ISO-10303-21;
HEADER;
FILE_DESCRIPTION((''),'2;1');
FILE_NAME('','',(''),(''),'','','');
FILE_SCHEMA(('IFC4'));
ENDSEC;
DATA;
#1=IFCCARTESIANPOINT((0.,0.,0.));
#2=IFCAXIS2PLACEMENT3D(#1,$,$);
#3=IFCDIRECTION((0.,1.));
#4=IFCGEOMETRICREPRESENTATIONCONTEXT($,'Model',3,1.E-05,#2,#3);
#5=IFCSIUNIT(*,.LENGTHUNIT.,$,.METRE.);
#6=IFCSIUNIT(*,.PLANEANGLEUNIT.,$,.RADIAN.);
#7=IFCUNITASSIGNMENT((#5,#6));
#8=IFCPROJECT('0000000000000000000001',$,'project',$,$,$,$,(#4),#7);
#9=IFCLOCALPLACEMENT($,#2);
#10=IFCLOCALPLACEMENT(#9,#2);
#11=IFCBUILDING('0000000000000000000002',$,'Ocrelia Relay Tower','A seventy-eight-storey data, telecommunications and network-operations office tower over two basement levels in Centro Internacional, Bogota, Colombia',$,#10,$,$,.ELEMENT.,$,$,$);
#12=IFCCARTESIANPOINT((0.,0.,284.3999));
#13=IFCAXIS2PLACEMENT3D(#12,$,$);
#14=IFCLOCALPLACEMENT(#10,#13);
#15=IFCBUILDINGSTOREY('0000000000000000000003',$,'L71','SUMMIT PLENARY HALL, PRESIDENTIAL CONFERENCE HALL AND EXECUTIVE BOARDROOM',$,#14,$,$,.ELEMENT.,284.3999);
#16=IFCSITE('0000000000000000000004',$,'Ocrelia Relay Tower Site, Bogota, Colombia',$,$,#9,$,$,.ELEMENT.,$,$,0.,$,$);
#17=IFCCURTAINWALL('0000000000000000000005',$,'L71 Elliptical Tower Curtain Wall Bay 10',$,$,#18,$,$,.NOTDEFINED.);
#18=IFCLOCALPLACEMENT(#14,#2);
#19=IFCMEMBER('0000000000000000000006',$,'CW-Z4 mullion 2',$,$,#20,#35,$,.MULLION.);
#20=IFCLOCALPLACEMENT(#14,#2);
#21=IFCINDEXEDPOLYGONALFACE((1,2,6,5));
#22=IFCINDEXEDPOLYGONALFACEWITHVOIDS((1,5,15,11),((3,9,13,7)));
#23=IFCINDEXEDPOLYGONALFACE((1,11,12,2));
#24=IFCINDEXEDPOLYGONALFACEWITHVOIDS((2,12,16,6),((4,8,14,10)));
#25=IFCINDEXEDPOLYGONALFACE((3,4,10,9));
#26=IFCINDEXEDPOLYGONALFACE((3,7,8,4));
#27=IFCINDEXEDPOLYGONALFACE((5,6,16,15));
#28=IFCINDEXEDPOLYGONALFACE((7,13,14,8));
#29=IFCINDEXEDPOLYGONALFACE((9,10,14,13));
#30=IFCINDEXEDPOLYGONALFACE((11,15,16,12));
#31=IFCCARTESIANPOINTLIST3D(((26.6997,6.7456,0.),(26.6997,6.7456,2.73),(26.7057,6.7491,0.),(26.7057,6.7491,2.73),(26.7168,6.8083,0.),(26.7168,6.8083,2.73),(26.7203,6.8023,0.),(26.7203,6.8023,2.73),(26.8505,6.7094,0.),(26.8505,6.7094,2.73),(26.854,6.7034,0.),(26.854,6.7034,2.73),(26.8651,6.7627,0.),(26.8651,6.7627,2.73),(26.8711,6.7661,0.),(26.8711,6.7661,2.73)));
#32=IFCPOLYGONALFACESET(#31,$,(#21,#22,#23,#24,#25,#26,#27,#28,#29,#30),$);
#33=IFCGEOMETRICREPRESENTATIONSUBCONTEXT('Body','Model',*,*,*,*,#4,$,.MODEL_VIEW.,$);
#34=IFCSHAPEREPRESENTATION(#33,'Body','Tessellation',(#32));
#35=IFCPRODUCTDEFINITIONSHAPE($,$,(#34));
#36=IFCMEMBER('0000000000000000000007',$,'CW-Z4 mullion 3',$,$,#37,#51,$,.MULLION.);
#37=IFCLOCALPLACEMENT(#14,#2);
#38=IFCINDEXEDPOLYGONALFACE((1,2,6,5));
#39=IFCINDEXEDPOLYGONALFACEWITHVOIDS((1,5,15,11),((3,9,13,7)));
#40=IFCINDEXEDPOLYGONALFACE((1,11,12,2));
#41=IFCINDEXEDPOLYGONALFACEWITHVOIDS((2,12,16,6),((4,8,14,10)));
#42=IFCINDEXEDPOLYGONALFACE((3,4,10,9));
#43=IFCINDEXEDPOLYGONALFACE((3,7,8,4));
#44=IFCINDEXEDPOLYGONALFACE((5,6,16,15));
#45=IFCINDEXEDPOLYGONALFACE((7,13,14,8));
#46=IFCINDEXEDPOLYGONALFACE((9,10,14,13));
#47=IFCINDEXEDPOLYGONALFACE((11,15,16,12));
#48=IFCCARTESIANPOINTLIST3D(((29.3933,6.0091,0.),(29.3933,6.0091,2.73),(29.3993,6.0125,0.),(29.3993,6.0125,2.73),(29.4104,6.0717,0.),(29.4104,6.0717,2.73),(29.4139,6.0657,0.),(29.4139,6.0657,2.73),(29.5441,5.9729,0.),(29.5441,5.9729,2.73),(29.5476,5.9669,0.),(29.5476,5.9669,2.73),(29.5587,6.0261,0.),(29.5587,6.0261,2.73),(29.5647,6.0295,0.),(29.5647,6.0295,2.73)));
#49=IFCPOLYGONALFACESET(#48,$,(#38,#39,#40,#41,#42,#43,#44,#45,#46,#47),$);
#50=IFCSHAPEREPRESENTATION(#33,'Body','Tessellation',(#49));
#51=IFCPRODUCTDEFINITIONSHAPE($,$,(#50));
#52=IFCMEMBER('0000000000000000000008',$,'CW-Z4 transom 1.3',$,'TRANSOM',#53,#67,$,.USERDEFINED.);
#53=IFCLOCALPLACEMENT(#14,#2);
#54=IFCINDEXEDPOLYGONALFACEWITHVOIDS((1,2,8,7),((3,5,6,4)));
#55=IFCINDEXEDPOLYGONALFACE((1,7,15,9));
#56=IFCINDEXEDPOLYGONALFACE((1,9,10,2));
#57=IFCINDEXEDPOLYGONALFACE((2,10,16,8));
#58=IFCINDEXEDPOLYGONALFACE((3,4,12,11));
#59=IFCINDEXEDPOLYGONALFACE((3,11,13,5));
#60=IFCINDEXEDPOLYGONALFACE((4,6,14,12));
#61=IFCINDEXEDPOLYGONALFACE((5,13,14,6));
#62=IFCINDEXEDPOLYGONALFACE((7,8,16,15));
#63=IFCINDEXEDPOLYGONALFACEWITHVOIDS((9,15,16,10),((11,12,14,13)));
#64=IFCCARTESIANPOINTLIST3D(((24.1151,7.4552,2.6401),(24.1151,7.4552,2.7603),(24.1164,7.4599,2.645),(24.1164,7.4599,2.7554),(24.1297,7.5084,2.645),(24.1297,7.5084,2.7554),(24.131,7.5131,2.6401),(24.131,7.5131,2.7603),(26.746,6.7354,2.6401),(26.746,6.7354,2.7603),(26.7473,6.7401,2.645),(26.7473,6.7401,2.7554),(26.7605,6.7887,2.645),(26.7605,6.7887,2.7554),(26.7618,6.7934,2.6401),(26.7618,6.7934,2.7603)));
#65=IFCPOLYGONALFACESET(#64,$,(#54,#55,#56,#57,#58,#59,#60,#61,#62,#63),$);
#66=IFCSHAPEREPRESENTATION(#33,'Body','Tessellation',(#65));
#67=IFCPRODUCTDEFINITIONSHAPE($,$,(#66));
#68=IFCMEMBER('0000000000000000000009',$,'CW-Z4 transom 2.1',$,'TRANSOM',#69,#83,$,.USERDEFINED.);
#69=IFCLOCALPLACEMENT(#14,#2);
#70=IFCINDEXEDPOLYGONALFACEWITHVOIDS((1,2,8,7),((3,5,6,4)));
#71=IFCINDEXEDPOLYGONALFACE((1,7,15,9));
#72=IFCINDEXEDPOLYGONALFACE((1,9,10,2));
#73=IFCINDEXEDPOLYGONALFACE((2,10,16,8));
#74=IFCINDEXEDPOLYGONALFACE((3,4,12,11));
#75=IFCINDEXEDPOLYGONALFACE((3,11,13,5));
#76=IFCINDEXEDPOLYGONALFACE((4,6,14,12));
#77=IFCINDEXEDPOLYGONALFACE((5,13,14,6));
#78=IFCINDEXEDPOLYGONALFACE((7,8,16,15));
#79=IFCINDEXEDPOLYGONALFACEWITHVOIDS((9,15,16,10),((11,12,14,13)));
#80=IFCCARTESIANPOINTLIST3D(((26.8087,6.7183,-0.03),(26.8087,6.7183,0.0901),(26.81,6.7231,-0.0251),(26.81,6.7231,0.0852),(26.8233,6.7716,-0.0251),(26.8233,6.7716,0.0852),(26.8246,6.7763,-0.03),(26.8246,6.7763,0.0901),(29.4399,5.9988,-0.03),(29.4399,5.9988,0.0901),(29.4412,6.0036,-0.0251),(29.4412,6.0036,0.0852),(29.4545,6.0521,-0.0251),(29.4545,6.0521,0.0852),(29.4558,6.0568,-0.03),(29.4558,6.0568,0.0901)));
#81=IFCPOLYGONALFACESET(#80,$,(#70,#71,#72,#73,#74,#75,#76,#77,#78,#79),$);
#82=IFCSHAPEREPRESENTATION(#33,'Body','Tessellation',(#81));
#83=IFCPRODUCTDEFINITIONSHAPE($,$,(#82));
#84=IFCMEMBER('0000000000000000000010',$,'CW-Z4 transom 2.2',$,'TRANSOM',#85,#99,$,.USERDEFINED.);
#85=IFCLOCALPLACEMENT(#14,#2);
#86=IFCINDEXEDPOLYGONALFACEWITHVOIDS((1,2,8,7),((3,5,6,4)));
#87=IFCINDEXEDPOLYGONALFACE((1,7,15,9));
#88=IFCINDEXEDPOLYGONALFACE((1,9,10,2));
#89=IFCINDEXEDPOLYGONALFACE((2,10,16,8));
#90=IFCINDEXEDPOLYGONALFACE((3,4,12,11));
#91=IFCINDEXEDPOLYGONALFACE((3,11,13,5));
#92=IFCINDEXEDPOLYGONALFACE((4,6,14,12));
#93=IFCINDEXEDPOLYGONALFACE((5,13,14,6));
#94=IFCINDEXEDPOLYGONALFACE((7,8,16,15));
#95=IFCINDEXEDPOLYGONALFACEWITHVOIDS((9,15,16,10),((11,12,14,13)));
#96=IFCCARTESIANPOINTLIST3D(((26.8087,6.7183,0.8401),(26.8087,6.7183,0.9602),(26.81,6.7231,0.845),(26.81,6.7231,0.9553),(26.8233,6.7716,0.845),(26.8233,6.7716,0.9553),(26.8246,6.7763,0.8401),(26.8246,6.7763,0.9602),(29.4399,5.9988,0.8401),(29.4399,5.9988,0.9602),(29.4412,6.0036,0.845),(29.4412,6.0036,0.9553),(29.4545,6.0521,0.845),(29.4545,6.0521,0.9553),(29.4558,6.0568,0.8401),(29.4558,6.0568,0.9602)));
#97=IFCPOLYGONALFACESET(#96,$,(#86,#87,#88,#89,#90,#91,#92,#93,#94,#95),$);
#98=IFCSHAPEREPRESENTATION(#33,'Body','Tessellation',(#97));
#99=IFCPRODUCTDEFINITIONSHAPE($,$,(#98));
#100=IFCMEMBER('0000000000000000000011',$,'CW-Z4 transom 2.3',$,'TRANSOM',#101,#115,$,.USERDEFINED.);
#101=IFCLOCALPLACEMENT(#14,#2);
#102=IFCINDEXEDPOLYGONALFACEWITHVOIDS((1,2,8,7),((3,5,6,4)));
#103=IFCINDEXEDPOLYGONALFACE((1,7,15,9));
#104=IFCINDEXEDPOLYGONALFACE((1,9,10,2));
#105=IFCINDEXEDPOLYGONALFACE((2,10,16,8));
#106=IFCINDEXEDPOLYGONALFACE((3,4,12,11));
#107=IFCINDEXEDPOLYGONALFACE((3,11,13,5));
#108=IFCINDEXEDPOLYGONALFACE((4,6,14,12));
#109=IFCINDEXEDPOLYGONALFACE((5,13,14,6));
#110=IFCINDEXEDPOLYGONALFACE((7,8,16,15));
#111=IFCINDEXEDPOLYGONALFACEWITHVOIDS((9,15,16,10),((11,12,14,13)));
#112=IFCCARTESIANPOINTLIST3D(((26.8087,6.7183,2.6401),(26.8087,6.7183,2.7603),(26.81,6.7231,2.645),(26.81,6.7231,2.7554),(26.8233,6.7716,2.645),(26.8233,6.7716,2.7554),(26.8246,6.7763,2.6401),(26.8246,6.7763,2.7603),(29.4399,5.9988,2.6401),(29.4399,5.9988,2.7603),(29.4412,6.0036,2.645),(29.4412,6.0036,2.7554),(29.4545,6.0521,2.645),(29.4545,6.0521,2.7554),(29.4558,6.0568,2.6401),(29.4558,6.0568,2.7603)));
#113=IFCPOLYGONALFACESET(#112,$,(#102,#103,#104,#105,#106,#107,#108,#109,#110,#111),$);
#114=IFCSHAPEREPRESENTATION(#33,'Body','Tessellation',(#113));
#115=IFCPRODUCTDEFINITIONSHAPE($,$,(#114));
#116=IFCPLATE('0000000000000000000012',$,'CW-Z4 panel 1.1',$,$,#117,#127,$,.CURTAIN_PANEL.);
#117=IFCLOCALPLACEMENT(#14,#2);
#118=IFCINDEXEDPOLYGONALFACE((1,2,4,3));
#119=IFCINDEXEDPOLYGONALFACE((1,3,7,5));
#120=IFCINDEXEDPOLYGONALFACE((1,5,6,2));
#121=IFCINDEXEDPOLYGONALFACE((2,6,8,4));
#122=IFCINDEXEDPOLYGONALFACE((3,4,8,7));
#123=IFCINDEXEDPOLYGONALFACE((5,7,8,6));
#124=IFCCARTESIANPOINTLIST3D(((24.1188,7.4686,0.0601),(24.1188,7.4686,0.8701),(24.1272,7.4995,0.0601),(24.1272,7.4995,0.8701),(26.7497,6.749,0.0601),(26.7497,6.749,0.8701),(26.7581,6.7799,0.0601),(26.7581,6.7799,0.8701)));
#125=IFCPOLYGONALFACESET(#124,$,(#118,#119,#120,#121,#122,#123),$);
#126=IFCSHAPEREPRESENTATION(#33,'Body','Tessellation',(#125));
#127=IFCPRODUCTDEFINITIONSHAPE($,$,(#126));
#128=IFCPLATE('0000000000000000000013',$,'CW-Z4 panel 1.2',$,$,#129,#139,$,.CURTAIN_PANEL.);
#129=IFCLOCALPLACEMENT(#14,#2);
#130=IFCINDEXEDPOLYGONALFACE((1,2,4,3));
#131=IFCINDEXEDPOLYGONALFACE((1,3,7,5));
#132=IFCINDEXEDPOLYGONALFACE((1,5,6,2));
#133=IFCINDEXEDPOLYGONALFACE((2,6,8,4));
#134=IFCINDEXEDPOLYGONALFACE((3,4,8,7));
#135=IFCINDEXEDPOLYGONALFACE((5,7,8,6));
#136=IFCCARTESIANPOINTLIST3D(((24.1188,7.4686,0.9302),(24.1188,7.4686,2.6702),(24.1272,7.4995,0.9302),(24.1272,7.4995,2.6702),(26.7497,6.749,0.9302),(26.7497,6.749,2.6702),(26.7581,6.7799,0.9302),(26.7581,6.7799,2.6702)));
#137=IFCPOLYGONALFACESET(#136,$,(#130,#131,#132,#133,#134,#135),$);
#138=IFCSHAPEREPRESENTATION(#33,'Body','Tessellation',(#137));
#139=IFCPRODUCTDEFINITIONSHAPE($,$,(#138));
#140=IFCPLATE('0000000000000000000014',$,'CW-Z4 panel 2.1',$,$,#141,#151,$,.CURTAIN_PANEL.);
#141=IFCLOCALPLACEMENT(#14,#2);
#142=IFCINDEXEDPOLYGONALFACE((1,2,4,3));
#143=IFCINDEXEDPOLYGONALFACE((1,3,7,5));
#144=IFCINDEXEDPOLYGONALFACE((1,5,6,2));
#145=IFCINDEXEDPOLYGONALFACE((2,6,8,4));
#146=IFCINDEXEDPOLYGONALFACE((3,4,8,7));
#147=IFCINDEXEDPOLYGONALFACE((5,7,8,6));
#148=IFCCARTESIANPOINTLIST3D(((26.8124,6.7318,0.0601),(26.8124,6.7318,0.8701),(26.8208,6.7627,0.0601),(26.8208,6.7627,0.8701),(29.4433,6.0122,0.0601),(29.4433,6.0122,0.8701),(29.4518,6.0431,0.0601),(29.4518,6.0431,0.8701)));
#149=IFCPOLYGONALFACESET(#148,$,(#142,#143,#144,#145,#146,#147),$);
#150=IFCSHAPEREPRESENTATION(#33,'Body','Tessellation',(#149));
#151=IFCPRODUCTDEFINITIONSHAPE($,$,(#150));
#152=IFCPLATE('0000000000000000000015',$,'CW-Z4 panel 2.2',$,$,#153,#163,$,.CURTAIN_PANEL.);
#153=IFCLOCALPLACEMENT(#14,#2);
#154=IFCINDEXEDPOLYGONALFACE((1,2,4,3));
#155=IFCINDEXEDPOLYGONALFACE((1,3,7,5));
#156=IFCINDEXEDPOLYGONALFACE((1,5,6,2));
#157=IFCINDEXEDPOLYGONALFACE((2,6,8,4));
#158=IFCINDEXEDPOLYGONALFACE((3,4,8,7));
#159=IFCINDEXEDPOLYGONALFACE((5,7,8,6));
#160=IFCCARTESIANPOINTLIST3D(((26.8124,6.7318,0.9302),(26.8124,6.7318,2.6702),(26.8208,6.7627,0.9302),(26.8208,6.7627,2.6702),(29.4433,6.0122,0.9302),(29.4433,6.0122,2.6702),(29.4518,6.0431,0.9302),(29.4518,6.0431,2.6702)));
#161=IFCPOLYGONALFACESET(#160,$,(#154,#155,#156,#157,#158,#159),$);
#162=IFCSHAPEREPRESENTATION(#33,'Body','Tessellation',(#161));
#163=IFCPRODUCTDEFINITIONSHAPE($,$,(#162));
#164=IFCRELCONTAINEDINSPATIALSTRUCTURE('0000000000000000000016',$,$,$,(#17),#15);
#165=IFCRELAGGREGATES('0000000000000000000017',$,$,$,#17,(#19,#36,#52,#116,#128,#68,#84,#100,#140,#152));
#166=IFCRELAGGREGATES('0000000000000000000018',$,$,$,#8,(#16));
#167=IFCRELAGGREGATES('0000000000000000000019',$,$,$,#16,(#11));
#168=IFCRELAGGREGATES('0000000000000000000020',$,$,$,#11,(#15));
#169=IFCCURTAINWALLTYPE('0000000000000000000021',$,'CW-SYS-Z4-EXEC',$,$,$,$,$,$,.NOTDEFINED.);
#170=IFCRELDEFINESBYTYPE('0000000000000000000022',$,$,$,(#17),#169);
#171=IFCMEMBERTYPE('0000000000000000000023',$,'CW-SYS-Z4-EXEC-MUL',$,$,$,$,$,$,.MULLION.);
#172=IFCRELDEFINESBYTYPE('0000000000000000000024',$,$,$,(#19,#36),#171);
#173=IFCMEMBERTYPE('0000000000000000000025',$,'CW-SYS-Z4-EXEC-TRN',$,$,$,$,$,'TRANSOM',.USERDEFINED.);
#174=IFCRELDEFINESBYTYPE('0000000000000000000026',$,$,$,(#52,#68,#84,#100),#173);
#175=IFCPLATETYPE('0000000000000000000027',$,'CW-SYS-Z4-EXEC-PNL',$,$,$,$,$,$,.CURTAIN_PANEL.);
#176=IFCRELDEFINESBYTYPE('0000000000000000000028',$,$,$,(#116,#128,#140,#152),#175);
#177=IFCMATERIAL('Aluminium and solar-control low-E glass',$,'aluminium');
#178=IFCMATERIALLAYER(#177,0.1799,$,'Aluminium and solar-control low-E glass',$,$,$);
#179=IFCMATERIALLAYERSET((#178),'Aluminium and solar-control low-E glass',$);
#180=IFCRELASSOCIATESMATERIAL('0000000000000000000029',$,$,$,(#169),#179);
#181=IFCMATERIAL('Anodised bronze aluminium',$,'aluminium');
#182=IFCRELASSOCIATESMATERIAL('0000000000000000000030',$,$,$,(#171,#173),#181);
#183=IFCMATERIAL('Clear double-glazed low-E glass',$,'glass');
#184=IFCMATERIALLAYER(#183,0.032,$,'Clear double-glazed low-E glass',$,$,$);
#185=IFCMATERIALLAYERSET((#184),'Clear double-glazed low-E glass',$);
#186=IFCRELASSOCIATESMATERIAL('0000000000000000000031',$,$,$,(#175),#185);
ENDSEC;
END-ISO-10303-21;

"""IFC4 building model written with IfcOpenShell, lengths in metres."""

from ifc_helpers import new_model, si_unit, direction, frame, origin, origin_2d, place, context, subcontext, project, spatial, rectangle, hollow_rectangle, extrude, material, layer, layer_set, material_profile, profile_set, type_object, element, aggregate, save


model = new_model("IFC4")

# Units and contexts
model_context = context("Model", 3, precision=1e-05, world=origin(), true_north=direction((0.0, 1.0)))
body_context = subcontext(model_context, "Body", "Model", "MODEL_VIEW")
ifc_project = project(units=[si_unit("LENGTHUNIT", "METRE"), si_unit("PLANEANGLEUNIT", "RADIAN")], contexts=[model_context])

# Site, building, storey
site_placement = place(None, origin())
site = spatial("IfcSite", under=ifc_project, at=site_placement, Name="Ocrelia Relay Tower Site, Bogota, Colombia", CompositionType="ELEMENT", RefElevation=0.0)
building_placement = place(site_placement, origin())
building = spatial("IfcBuilding", under=site, at=building_placement, Name="Ocrelia Relay Tower", Description="A seventy-eight-storey data, telecommunications and network-operations office tower over two basement levels in Centro Internacional, Bogota, Colombia", CompositionType="ELEMENT")
storey_placement = place(building_placement, frame((0.0, 0.0, 284.3999)))
storey = spatial("IfcBuildingStorey", under=building, at=storey_placement, Name="L71", Description="SUMMIT PLENARY HALL, PRESIDENTIAL CONFERENCE HALL AND EXECUTIVE BOARDROOM", CompositionType="ELEMENT", Elevation=284.3999)

# Curtain wall, members, plates
ifc_material_1 = material(Name="Aluminium and solar-control low-E glass", Category="aluminium")
ifc_layer_1 = layer(ifc_material_1, 0.1799, Name="Aluminium and solar-control low-E glass")
ifc_layer_set_1 = layer_set([ifc_layer_1], Name="Aluminium and solar-control low-E glass")
curtain_wall_type = type_object("IfcCurtainWallType", Name="CW-SYS-Z4-EXEC", PredefinedType="NOTDEFINED", material=ifc_layer_set_1)
curtain_wall_placement = place(storey_placement, origin())
curtain_wall = element("IfcCurtainWall", 1, at=curtain_wall_placement, inside=storey, type_object=curtain_wall_type, Name="L71 Elliptical Tower Curtain Wall Bay 10", PredefinedType="NOTDEFINED")
ifc_material_2 = material(Name="Anodised bronze aluminium", Category="aluminium")
ifc_material_profile_1 = material_profile(ifc_material_2, hollow_rectangle(XDim=0.0649, YDim=0.1599, WallThickness=0.0049, at=origin_2d()), Name="CW-MUL-160x65")
ifc_profile_set_1 = profile_set([ifc_material_profile_1], Name="Anodised bronze aluminium")
member_type_1 = type_object("IfcMemberType", Name="CW-SYS-Z4-EXEC-MUL", PredefinedType="MULLION", material=ifc_profile_set_1)
member_1_placement = place(storey_placement, frame((26.7854, 6.7559, 0.0), z_axis=(0.0, 0.0, 1.0), x_axis=(0.263827, 0.96457, 0.0)))
member_1 = element("IfcMember", 2, at=member_1_placement, type_object=member_type_1, Name="CW-Z4 mullion 2", PredefinedType="MULLION", context=body_context, shape_type="SweptSolid", body=[
    extrude(hollow_rectangle(XDim=0.0649, YDim=0.1599, WallThickness=0.0049, at=origin_2d()), origin(), (0.0, 0.0, 1.0), 2.73),
])
member_2_placement = place(storey_placement, frame((29.479, 6.0193, 0.0), z_axis=(0.0, 0.0, 1.0), x_axis=(0.263827, 0.96457, 0.0)))
member_2 = element("IfcMember", 3, at=member_2_placement, type_object=member_type_1, Name="CW-Z4 mullion 3", PredefinedType="MULLION", context=body_context, shape_type="SweptSolid", body=[
    extrude(hollow_rectangle(XDim=0.0649, YDim=0.1599, WallThickness=0.0049, at=origin_2d()), origin(), (0.0, 0.0, 1.0), 2.73),
])
ifc_material_profile_2 = material_profile(ifc_material_2, hollow_rectangle(XDim=0.0601, YDim=0.1201, WallThickness=0.0049, at=origin_2d()), Name="CW-TRN-120x60")
ifc_profile_set_2 = profile_set([ifc_material_profile_2], Name="Anodised bronze aluminium")
member_type_2 = type_object("IfcMemberType", Name="CW-SYS-Z4-EXEC-TRN", ElementType="TRANSOM", PredefinedType="USERDEFINED", material=ifc_profile_set_2)
member_3_placement = place(storey_placement, frame((24.123, 7.4841, 2.7002), z_axis=(0.964557, -0.263875, 0.0), x_axis=(0.263875, 0.964557, 0.0)))
member_3 = element("IfcMember", 4, at=member_3_placement, type_object=member_type_2, Name="CW-Z4 transom 1.3", ObjectType="TRANSOM", PredefinedType="USERDEFINED", context=body_context, shape_type="SweptSolid", body=[
    extrude(hollow_rectangle(XDim=0.0601, YDim=0.1201, WallThickness=0.0049, at=origin_2d()), origin(), (0.0, 0.0, 1.0), 2.7275),
])
member_4_placement = place(storey_placement, frame((26.8167, 6.7473, 0.03), z_axis=(0.964586, -0.263769, 0.0), x_axis=(0.263769, 0.964586, 0.0)))
member_4 = element("IfcMember", 5, at=member_4_placement, type_object=member_type_2, Name="CW-Z4 transom 2.1", ObjectType="TRANSOM", PredefinedType="USERDEFINED", context=body_context, shape_type="SweptSolid", body=[
    extrude(hollow_rectangle(XDim=0.0601, YDim=0.1201, WallThickness=0.0049, at=origin_2d()), origin(), (0.0, 0.0, 1.0), 2.7278),
])
member_5_placement = place(storey_placement, frame((26.8167, 6.7473, 0.9001), z_axis=(0.964586, -0.263769, 0.0), x_axis=(0.263769, 0.964586, 0.0)))
member_5 = element("IfcMember", 6, at=member_5_placement, type_object=member_type_2, Name="CW-Z4 transom 2.2", ObjectType="TRANSOM", PredefinedType="USERDEFINED", context=body_context, shape_type="SweptSolid", body=[
    extrude(hollow_rectangle(XDim=0.0601, YDim=0.1201, WallThickness=0.0049, at=origin_2d()), origin(), (0.0, 0.0, 1.0), 2.7278),
])
member_6_placement = place(storey_placement, frame((26.8167, 6.7473, 2.7002), z_axis=(0.964586, -0.263769, 0.0), x_axis=(0.263769, 0.964586, 0.0)))
member_6 = element("IfcMember", 7, at=member_6_placement, type_object=member_type_2, Name="CW-Z4 transom 2.3", ObjectType="TRANSOM", PredefinedType="USERDEFINED", context=body_context, shape_type="SweptSolid", body=[
    extrude(hollow_rectangle(XDim=0.0601, YDim=0.1201, WallThickness=0.0049, at=origin_2d()), origin(), (0.0, 0.0, 1.0), 2.7278),
])
ifc_material_3 = material(Name="Clear double-glazed low-E glass", Category="glass")
ifc_layer_2 = layer(ifc_material_3, 0.032, Name="Clear double-glazed low-E glass")
ifc_layer_set_2 = layer_set([ifc_layer_2], Name="Clear double-glazed low-E glass")
plate_type = type_object("IfcPlateType", Name="CW-SYS-Z4-EXEC-PNL", PredefinedType="CURTAIN_PANEL", material=ifc_layer_set_2)
plate_1_placement = place(storey_placement, frame((25.4385, 7.1243, 0.0601), z_axis=(0.0, 0.0, 1.0), x_axis=(0.96457, -0.263827, 0.0)))
plate_1 = element("IfcPlate", 8, at=plate_1_placement, type_object=plate_type, Name="CW-Z4 panel 1.1", PredefinedType="CURTAIN_PANEL", context=body_context, shape_type="SweptSolid", body=[
    extrude(rectangle(XDim=2.7275, YDim=0.032, at=origin_2d()), origin(), (0.0, 0.0, 1.0), 0.8101),
])
plate_2_placement = place(storey_placement, frame((25.4385, 7.1243, 0.9302), z_axis=(0.0, 0.0, 1.0), x_axis=(0.96457, -0.263827, 0.0)))
plate_2 = element("IfcPlate", 9, at=plate_2_placement, type_object=plate_type, Name="CW-Z4 panel 1.2", PredefinedType="CURTAIN_PANEL", context=body_context, shape_type="SweptSolid", body=[
    extrude(rectangle(XDim=2.7275, YDim=0.032, at=origin_2d()), origin(), (0.0, 0.0, 1.0), 1.74),
])
plate_3_placement = place(storey_placement, frame((28.1321, 6.3875, 0.0601), z_axis=(0.0, 0.0, 1.0), x_axis=(0.96457, -0.263827, 0.0)))
plate_3 = element("IfcPlate", 10, at=plate_3_placement, type_object=plate_type, Name="CW-Z4 panel 2.1", PredefinedType="CURTAIN_PANEL", context=body_context, shape_type="SweptSolid", body=[
    extrude(rectangle(XDim=2.7275, YDim=0.032, at=origin_2d()), origin(), (0.0, 0.0, 1.0), 0.8101),
])
plate_4_placement = place(storey_placement, frame((28.1321, 6.3875, 0.9302), z_axis=(0.0, 0.0, 1.0), x_axis=(0.96457, -0.263827, 0.0)))
plate_4 = element("IfcPlate", 11, at=plate_4_placement, type_object=plate_type, Name="CW-Z4 panel 2.2", PredefinedType="CURTAIN_PANEL", context=body_context, shape_type="SweptSolid", body=[
    extrude(rectangle(XDim=2.7275, YDim=0.032, at=origin_2d()), origin(), (0.0, 0.0, 1.0), 1.74),
])
aggregate(curtain_wall, [member_1, member_2, member_3, plate_1, plate_2, member_4, member_5, member_6, plate_3, plate_4])

save(model, "model.ifc")
